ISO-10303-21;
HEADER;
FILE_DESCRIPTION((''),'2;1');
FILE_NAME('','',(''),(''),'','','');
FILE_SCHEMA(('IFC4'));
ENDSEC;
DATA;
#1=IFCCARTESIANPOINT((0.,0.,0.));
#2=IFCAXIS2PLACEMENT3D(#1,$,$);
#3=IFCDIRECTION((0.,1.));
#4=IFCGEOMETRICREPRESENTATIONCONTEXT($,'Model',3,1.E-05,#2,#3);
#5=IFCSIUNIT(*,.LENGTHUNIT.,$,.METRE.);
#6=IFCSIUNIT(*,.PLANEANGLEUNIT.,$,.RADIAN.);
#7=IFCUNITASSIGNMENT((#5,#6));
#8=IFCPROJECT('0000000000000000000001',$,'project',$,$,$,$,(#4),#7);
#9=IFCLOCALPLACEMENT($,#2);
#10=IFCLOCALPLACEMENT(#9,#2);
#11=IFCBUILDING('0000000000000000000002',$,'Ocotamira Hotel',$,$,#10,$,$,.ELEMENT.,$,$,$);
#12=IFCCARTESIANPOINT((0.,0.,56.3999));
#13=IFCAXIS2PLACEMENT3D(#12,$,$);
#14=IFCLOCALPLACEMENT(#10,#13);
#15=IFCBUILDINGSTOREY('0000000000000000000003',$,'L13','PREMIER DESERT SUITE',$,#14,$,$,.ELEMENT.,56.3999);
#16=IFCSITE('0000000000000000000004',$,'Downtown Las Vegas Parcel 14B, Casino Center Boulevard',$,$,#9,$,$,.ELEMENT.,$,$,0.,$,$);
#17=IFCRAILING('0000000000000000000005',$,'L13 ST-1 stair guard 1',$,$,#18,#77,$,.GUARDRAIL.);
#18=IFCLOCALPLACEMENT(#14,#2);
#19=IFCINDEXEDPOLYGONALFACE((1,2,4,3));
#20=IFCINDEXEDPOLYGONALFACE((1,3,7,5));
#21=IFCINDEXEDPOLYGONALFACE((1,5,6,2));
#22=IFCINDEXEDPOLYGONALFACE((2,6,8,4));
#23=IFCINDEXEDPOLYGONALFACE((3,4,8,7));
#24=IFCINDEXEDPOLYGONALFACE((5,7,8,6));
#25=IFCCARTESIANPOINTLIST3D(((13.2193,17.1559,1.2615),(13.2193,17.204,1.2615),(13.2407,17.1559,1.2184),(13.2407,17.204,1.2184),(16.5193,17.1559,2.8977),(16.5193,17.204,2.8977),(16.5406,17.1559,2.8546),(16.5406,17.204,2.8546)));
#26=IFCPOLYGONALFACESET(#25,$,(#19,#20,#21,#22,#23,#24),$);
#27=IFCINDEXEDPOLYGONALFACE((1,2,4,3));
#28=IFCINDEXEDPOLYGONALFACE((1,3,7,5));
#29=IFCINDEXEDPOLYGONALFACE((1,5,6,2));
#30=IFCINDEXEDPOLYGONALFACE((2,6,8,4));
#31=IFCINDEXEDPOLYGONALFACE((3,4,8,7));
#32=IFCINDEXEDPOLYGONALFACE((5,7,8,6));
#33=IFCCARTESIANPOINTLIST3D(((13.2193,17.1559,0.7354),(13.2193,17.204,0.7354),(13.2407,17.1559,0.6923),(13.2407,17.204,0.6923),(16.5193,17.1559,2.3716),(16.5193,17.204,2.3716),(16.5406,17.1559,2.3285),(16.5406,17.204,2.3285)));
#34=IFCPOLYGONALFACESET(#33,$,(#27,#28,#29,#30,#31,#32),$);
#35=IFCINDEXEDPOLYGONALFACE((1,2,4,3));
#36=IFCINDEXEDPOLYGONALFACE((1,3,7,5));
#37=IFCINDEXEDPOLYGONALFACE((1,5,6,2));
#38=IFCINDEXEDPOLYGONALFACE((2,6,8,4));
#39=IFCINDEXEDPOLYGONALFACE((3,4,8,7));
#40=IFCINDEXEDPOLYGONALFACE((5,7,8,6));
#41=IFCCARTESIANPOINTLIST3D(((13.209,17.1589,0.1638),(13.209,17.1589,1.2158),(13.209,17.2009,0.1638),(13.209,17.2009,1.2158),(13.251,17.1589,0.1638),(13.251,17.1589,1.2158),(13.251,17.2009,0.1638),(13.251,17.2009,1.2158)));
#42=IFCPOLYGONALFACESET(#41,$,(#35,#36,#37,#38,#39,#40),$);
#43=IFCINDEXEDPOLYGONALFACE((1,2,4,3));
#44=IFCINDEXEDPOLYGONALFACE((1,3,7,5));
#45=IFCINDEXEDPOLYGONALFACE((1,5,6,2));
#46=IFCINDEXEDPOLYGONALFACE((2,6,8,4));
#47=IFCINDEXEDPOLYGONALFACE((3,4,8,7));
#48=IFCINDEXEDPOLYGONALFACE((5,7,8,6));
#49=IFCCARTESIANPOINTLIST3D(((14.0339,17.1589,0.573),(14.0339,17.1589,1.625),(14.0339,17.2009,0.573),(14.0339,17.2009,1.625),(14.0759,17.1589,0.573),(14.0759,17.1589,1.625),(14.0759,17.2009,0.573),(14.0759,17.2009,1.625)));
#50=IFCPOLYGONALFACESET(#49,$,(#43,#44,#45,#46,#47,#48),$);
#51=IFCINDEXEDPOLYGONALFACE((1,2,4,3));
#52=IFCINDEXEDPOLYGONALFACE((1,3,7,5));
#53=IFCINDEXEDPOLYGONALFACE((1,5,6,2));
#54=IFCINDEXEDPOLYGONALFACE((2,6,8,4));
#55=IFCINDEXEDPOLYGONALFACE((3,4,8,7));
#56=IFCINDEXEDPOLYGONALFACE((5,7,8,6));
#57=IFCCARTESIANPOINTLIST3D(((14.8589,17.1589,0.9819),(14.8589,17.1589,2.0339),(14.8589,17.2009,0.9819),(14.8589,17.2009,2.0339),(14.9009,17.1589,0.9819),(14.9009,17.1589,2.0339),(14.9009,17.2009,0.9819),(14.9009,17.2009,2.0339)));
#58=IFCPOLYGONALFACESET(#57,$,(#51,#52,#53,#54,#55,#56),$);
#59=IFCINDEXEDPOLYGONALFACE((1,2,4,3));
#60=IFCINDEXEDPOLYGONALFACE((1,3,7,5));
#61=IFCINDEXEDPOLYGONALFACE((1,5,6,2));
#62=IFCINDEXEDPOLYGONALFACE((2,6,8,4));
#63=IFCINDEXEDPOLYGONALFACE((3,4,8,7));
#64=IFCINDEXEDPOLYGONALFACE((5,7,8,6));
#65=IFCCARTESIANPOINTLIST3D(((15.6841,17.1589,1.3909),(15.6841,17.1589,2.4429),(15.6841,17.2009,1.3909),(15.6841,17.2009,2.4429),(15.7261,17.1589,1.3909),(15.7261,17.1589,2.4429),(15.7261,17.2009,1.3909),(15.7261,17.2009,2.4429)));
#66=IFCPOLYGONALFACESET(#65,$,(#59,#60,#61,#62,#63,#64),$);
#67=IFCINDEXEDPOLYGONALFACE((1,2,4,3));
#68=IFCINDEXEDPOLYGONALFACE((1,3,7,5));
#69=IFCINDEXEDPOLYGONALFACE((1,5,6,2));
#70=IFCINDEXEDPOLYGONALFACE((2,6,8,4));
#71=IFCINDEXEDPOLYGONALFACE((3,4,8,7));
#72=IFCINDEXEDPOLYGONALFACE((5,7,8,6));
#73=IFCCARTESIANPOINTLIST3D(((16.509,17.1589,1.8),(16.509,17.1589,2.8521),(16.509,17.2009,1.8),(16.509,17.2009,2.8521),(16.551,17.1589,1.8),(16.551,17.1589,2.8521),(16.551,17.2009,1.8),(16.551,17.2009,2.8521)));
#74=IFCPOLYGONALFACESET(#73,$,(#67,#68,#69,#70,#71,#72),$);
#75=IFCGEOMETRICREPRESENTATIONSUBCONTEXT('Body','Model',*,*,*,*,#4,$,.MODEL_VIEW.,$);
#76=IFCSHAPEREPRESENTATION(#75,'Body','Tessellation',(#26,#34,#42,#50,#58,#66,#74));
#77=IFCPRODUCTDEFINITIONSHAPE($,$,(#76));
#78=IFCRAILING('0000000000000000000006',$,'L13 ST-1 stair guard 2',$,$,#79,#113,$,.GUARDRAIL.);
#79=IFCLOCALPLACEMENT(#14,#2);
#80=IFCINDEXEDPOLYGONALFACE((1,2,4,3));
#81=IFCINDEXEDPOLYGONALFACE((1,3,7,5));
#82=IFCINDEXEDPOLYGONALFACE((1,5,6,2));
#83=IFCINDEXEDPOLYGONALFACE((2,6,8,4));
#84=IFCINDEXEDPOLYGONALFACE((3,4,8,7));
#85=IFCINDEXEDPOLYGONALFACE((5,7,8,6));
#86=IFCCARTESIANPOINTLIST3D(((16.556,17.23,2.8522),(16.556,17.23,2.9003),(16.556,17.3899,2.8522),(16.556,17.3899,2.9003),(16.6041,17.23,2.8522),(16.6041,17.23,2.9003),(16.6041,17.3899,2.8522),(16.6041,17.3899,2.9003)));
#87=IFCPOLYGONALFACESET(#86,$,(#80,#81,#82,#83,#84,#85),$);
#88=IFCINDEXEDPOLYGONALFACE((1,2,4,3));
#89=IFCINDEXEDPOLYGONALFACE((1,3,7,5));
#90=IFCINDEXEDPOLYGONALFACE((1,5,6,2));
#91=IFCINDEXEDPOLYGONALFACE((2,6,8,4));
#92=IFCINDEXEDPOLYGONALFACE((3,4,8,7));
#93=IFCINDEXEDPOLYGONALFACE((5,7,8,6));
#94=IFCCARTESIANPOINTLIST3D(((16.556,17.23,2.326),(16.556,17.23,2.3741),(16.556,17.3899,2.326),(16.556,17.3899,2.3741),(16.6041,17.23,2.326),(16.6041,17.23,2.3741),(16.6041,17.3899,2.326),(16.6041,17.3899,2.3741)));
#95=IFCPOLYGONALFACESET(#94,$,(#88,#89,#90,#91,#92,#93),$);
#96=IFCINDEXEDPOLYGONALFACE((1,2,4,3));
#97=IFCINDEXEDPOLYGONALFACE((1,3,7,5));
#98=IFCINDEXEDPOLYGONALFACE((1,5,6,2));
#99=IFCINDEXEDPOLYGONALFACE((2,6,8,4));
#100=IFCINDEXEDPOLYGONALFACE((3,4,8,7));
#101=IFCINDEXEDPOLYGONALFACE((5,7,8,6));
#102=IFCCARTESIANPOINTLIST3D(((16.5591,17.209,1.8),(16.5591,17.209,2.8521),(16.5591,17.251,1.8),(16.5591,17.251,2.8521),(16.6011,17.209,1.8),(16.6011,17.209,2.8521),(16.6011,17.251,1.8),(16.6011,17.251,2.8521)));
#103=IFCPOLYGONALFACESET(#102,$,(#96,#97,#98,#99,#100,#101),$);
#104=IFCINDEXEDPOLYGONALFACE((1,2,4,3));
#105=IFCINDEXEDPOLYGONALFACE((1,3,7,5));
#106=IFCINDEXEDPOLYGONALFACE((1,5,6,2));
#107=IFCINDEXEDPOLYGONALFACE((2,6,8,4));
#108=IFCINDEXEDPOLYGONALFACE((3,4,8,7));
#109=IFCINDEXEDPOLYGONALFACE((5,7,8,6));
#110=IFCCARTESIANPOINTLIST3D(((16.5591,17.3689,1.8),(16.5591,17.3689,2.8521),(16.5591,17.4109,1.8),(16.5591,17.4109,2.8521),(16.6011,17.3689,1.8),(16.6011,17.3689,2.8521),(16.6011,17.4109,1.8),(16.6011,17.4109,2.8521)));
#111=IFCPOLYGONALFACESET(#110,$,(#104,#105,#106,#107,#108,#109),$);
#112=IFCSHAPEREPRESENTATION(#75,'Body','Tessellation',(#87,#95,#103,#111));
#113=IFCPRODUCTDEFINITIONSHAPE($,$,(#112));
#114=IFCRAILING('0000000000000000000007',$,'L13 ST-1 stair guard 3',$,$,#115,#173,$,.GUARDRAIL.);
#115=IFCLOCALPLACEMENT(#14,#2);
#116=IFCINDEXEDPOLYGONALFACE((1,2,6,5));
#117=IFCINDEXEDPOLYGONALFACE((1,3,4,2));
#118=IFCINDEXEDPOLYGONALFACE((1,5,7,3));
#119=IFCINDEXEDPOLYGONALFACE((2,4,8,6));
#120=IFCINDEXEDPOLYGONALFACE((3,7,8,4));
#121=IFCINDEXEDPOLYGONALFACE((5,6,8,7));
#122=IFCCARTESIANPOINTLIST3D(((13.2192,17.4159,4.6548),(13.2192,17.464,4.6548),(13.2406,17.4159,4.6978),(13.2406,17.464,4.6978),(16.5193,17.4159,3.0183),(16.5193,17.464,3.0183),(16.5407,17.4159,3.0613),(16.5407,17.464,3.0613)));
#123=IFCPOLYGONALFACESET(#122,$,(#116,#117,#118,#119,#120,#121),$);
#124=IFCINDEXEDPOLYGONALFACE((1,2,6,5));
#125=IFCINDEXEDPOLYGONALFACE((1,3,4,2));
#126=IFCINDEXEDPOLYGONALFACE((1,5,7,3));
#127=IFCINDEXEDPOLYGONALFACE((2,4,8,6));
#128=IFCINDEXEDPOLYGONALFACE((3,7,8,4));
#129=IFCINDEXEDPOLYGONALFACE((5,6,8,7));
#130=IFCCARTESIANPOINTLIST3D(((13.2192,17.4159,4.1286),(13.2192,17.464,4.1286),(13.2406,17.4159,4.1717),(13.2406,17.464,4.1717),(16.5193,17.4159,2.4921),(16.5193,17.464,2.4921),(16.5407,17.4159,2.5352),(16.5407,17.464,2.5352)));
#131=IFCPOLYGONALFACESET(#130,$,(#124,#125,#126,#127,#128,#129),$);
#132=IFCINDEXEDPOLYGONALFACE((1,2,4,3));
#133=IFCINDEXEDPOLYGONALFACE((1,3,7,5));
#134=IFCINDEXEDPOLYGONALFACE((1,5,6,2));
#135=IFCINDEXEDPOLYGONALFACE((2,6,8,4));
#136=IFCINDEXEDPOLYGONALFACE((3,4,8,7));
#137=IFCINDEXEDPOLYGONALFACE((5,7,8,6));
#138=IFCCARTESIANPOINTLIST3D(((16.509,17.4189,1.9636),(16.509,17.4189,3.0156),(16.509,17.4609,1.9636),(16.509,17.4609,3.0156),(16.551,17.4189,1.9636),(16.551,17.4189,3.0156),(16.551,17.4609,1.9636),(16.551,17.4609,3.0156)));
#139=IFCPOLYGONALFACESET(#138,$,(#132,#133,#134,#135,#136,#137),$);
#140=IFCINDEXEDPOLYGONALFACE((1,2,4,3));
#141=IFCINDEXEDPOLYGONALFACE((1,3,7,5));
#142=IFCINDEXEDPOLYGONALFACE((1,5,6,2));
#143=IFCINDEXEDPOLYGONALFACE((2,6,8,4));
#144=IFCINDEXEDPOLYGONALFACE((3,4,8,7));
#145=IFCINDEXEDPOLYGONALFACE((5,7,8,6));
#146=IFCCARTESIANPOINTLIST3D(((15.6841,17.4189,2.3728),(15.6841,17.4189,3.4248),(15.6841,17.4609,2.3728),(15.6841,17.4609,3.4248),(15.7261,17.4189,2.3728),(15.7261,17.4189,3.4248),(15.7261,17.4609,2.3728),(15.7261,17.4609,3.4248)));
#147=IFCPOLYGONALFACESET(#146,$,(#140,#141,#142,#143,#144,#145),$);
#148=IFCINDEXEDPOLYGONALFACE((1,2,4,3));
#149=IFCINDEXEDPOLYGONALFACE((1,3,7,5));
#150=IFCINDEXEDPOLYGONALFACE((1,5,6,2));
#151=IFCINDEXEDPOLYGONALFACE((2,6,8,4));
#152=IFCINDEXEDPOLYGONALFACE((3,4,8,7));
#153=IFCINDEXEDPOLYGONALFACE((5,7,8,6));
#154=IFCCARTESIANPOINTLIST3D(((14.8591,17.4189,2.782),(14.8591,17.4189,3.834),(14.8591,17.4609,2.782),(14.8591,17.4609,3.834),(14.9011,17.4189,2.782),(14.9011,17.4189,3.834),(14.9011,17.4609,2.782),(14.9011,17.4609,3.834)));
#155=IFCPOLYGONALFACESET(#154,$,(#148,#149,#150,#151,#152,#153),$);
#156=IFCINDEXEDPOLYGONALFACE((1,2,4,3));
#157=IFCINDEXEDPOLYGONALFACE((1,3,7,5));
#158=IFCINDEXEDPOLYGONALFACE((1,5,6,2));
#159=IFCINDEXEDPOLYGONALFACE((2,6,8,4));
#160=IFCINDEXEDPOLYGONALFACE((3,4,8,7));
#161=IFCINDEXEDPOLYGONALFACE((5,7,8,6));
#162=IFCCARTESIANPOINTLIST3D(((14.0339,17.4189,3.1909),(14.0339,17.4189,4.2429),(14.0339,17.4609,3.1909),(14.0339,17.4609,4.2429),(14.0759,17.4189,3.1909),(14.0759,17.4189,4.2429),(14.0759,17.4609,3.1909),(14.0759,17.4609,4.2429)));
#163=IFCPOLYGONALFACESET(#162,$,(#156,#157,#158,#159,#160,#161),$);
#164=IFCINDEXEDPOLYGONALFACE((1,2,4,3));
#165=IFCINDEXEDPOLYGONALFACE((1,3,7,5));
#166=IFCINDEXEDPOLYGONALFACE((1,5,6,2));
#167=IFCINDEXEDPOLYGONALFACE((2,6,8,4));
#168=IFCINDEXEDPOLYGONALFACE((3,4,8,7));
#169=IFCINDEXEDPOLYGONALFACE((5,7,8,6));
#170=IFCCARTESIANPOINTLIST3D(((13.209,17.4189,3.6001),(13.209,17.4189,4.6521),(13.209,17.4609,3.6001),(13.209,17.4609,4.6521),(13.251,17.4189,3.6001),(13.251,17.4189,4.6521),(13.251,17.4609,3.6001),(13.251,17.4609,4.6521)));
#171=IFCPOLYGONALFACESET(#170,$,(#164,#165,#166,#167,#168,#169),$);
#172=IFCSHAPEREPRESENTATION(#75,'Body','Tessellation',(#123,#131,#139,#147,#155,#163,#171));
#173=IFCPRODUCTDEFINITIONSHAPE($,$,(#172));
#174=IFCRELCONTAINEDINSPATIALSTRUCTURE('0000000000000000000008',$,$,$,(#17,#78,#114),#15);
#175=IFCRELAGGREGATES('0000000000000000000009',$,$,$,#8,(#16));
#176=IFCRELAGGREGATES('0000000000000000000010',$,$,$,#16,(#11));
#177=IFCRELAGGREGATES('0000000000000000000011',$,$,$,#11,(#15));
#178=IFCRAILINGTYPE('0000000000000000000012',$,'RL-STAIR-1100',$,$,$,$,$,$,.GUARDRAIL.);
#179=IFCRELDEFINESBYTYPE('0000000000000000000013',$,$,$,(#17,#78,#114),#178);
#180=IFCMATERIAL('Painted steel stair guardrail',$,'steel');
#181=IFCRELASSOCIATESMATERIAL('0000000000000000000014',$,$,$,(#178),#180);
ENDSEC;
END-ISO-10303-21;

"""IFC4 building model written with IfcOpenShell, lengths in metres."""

from ifc_helpers import new_model, si_unit, direction, frame, origin, origin_2d, place, context, subcontext, project, spatial, rectangle, extrude, material, type_object, element, save


model = new_model("IFC4")

# Units and contexts
model_context = context("Model", 3, precision=1e-05, world=origin(), true_north=direction((0.0, 1.0)))
body_context = subcontext(model_context, "Body", "Model", "MODEL_VIEW")
ifc_project = project(units=[si_unit("LENGTHUNIT", "METRE"), si_unit("PLANEANGLEUNIT", "RADIAN")], contexts=[model_context])

# Site, building, storey
site_placement = place(None, origin())
site = spatial("IfcSite", under=ifc_project, at=site_placement, Name="Downtown Las Vegas Parcel 14B, Casino Center Boulevard", CompositionType="ELEMENT", RefElevation=0.0)
building_placement = place(site_placement, origin())
building = spatial("IfcBuilding", under=site, at=building_placement, Name="Ocotamira Hotel", CompositionType="ELEMENT")
storey_placement = place(building_placement, frame((0.0, 0.0, 56.3999)))
storey = spatial("IfcBuildingStorey", under=building, at=storey_placement, Name="L13", Description="PREMIER DESERT SUITE", CompositionType="ELEMENT", Elevation=56.3999)

# Railings
ifc_material_1 = material(Name="Painted steel stair guardrail", Category="steel")
railing_type_1 = type_object("IfcRailingType", Name="RL-STAIR-1100", PredefinedType="GUARDRAIL", material=ifc_material_1)
railing_1_placement = place(storey_placement, frame((13.23, 17.1799, 0.1638)))
element("IfcRailing", 1, at=railing_1_placement, inside=storey, type_object=railing_type_1, Name="L13 ST-1 stair guard 1", PredefinedType="GUARDRAIL", context=body_context, shape_type="SweptSolid", body=[
    extrude(rectangle(XDim=0.0481, YDim=0.0481, at=origin_2d()), frame((0.0, 0.0, 1.0762), z_axis=(0.89592, 0.0, 0.444215), x_axis=(0.0, 1.0, 0.0)), (0.0, 0.0, 1.0), 3.6833),
    extrude(rectangle(XDim=0.0481, YDim=0.0481, at=origin_2d()), frame((0.0, 0.0, 0.55), z_axis=(0.89592, 0.0, 0.444215), x_axis=(0.0, 1.0, 0.0)), (0.0, 0.0, 1.0), 3.6833),
    extrude(rectangle(XDim=0.042, YDim=0.042, at=origin_2d()), origin(), (0.0, 0.0, 1.0), 1.052),
    extrude(rectangle(XDim=0.042, YDim=0.042, at=origin_2d()), frame((0.825, 0.0, 0.4092)), (0.0, 0.0, 1.0), 1.052),
    extrude(rectangle(XDim=0.042, YDim=0.042, at=origin_2d()), frame((1.6499, 0.0, 0.8181)), (0.0, 0.0, 1.0), 1.052),
    extrude(rectangle(XDim=0.042, YDim=0.042, at=origin_2d()), frame((2.4751, 0.0, 1.2271)), (0.0, 0.0, 1.0), 1.052),
    extrude(rectangle(XDim=0.042, YDim=0.042, at=origin_2d()), frame((3.3, 0.0, 1.6362)), (0.0, 0.0, 1.0), 1.052),
])
railing_2_placement = place(storey_placement, frame((16.5801, 17.23, 1.8)))
element("IfcRailing", 2, at=railing_2_placement, inside=storey, type_object=railing_type_1, Name="L13 ST-1 stair guard 2", PredefinedType="GUARDRAIL", context=body_context, shape_type="SweptSolid", body=[
    extrude(rectangle(XDim=0.0481, YDim=0.0481, at=origin_2d()), frame((0.0, 0.0, 1.0762), z_axis=(0.0, 1.0, 0.0), x_axis=(-1.0, 0.0, 0.0)), (0.0, 0.0, 1.0), 0.1599),
    extrude(rectangle(XDim=0.0481, YDim=0.0481, at=origin_2d()), frame((0.0, 0.0, 0.55), z_axis=(0.0, 1.0, 0.0), x_axis=(-1.0, 0.0, 0.0)), (0.0, 0.0, 1.0), 0.1599),
    extrude(rectangle(XDim=0.042, YDim=0.042, at=origin_2d()), origin(), (0.0, 0.0, 1.0), 1.052),
    extrude(rectangle(XDim=0.042, YDim=0.042, at=origin_2d()), frame((0.0, 0.1599, 0.0)), (0.0, 0.0, 1.0), 1.052),
])
railing_3_placement = place(storey_placement, frame((16.53, 17.4399, 1.9636)))
element("IfcRailing", 3, at=railing_3_placement, inside=storey, type_object=railing_type_1, Name="L13 ST-1 stair guard 3", PredefinedType="GUARDRAIL", context=body_context, shape_type="SweptSolid", body=[
    extrude(rectangle(XDim=0.0481, YDim=0.0481, at=origin_2d()), frame((0.0, 0.0, 1.0762), z_axis=(-0.895894, 0.0, 0.444268), x_axis=(0.0, -1.0, 0.0)), (0.0, 0.0, 1.0), 3.6836),
    extrude(rectangle(XDim=0.0481, YDim=0.0481, at=origin_2d()), frame((0.0, 0.0, 0.55), z_axis=(-0.895894, 0.0, 0.444268), x_axis=(0.0, -1.0, 0.0)), (0.0, 0.0, 1.0), 3.6836),
    extrude(rectangle(XDim=0.042, YDim=0.042, at=origin_2d()), origin(), (0.0, 0.0, 1.0), 1.052),
    extrude(rectangle(XDim=0.042, YDim=0.042, at=origin_2d()), frame((-0.825, 0.0, 0.4092)), (0.0, 0.0, 1.0), 1.052),
    extrude(rectangle(XDim=0.042, YDim=0.042, at=origin_2d()), frame((-1.6499, 0.0, 0.8184)), (0.0, 0.0, 1.0), 1.052),
    extrude(rectangle(XDim=0.042, YDim=0.042, at=origin_2d()), frame((-2.4751, 0.0, 1.2273)), (0.0, 0.0, 1.0), 1.052),
    extrude(rectangle(XDim=0.042, YDim=0.042, at=origin_2d()), frame((-3.3, 0.0, 1.6365)), (0.0, 0.0, 1.0), 1.052),
])

save(model, "model.ifc")
